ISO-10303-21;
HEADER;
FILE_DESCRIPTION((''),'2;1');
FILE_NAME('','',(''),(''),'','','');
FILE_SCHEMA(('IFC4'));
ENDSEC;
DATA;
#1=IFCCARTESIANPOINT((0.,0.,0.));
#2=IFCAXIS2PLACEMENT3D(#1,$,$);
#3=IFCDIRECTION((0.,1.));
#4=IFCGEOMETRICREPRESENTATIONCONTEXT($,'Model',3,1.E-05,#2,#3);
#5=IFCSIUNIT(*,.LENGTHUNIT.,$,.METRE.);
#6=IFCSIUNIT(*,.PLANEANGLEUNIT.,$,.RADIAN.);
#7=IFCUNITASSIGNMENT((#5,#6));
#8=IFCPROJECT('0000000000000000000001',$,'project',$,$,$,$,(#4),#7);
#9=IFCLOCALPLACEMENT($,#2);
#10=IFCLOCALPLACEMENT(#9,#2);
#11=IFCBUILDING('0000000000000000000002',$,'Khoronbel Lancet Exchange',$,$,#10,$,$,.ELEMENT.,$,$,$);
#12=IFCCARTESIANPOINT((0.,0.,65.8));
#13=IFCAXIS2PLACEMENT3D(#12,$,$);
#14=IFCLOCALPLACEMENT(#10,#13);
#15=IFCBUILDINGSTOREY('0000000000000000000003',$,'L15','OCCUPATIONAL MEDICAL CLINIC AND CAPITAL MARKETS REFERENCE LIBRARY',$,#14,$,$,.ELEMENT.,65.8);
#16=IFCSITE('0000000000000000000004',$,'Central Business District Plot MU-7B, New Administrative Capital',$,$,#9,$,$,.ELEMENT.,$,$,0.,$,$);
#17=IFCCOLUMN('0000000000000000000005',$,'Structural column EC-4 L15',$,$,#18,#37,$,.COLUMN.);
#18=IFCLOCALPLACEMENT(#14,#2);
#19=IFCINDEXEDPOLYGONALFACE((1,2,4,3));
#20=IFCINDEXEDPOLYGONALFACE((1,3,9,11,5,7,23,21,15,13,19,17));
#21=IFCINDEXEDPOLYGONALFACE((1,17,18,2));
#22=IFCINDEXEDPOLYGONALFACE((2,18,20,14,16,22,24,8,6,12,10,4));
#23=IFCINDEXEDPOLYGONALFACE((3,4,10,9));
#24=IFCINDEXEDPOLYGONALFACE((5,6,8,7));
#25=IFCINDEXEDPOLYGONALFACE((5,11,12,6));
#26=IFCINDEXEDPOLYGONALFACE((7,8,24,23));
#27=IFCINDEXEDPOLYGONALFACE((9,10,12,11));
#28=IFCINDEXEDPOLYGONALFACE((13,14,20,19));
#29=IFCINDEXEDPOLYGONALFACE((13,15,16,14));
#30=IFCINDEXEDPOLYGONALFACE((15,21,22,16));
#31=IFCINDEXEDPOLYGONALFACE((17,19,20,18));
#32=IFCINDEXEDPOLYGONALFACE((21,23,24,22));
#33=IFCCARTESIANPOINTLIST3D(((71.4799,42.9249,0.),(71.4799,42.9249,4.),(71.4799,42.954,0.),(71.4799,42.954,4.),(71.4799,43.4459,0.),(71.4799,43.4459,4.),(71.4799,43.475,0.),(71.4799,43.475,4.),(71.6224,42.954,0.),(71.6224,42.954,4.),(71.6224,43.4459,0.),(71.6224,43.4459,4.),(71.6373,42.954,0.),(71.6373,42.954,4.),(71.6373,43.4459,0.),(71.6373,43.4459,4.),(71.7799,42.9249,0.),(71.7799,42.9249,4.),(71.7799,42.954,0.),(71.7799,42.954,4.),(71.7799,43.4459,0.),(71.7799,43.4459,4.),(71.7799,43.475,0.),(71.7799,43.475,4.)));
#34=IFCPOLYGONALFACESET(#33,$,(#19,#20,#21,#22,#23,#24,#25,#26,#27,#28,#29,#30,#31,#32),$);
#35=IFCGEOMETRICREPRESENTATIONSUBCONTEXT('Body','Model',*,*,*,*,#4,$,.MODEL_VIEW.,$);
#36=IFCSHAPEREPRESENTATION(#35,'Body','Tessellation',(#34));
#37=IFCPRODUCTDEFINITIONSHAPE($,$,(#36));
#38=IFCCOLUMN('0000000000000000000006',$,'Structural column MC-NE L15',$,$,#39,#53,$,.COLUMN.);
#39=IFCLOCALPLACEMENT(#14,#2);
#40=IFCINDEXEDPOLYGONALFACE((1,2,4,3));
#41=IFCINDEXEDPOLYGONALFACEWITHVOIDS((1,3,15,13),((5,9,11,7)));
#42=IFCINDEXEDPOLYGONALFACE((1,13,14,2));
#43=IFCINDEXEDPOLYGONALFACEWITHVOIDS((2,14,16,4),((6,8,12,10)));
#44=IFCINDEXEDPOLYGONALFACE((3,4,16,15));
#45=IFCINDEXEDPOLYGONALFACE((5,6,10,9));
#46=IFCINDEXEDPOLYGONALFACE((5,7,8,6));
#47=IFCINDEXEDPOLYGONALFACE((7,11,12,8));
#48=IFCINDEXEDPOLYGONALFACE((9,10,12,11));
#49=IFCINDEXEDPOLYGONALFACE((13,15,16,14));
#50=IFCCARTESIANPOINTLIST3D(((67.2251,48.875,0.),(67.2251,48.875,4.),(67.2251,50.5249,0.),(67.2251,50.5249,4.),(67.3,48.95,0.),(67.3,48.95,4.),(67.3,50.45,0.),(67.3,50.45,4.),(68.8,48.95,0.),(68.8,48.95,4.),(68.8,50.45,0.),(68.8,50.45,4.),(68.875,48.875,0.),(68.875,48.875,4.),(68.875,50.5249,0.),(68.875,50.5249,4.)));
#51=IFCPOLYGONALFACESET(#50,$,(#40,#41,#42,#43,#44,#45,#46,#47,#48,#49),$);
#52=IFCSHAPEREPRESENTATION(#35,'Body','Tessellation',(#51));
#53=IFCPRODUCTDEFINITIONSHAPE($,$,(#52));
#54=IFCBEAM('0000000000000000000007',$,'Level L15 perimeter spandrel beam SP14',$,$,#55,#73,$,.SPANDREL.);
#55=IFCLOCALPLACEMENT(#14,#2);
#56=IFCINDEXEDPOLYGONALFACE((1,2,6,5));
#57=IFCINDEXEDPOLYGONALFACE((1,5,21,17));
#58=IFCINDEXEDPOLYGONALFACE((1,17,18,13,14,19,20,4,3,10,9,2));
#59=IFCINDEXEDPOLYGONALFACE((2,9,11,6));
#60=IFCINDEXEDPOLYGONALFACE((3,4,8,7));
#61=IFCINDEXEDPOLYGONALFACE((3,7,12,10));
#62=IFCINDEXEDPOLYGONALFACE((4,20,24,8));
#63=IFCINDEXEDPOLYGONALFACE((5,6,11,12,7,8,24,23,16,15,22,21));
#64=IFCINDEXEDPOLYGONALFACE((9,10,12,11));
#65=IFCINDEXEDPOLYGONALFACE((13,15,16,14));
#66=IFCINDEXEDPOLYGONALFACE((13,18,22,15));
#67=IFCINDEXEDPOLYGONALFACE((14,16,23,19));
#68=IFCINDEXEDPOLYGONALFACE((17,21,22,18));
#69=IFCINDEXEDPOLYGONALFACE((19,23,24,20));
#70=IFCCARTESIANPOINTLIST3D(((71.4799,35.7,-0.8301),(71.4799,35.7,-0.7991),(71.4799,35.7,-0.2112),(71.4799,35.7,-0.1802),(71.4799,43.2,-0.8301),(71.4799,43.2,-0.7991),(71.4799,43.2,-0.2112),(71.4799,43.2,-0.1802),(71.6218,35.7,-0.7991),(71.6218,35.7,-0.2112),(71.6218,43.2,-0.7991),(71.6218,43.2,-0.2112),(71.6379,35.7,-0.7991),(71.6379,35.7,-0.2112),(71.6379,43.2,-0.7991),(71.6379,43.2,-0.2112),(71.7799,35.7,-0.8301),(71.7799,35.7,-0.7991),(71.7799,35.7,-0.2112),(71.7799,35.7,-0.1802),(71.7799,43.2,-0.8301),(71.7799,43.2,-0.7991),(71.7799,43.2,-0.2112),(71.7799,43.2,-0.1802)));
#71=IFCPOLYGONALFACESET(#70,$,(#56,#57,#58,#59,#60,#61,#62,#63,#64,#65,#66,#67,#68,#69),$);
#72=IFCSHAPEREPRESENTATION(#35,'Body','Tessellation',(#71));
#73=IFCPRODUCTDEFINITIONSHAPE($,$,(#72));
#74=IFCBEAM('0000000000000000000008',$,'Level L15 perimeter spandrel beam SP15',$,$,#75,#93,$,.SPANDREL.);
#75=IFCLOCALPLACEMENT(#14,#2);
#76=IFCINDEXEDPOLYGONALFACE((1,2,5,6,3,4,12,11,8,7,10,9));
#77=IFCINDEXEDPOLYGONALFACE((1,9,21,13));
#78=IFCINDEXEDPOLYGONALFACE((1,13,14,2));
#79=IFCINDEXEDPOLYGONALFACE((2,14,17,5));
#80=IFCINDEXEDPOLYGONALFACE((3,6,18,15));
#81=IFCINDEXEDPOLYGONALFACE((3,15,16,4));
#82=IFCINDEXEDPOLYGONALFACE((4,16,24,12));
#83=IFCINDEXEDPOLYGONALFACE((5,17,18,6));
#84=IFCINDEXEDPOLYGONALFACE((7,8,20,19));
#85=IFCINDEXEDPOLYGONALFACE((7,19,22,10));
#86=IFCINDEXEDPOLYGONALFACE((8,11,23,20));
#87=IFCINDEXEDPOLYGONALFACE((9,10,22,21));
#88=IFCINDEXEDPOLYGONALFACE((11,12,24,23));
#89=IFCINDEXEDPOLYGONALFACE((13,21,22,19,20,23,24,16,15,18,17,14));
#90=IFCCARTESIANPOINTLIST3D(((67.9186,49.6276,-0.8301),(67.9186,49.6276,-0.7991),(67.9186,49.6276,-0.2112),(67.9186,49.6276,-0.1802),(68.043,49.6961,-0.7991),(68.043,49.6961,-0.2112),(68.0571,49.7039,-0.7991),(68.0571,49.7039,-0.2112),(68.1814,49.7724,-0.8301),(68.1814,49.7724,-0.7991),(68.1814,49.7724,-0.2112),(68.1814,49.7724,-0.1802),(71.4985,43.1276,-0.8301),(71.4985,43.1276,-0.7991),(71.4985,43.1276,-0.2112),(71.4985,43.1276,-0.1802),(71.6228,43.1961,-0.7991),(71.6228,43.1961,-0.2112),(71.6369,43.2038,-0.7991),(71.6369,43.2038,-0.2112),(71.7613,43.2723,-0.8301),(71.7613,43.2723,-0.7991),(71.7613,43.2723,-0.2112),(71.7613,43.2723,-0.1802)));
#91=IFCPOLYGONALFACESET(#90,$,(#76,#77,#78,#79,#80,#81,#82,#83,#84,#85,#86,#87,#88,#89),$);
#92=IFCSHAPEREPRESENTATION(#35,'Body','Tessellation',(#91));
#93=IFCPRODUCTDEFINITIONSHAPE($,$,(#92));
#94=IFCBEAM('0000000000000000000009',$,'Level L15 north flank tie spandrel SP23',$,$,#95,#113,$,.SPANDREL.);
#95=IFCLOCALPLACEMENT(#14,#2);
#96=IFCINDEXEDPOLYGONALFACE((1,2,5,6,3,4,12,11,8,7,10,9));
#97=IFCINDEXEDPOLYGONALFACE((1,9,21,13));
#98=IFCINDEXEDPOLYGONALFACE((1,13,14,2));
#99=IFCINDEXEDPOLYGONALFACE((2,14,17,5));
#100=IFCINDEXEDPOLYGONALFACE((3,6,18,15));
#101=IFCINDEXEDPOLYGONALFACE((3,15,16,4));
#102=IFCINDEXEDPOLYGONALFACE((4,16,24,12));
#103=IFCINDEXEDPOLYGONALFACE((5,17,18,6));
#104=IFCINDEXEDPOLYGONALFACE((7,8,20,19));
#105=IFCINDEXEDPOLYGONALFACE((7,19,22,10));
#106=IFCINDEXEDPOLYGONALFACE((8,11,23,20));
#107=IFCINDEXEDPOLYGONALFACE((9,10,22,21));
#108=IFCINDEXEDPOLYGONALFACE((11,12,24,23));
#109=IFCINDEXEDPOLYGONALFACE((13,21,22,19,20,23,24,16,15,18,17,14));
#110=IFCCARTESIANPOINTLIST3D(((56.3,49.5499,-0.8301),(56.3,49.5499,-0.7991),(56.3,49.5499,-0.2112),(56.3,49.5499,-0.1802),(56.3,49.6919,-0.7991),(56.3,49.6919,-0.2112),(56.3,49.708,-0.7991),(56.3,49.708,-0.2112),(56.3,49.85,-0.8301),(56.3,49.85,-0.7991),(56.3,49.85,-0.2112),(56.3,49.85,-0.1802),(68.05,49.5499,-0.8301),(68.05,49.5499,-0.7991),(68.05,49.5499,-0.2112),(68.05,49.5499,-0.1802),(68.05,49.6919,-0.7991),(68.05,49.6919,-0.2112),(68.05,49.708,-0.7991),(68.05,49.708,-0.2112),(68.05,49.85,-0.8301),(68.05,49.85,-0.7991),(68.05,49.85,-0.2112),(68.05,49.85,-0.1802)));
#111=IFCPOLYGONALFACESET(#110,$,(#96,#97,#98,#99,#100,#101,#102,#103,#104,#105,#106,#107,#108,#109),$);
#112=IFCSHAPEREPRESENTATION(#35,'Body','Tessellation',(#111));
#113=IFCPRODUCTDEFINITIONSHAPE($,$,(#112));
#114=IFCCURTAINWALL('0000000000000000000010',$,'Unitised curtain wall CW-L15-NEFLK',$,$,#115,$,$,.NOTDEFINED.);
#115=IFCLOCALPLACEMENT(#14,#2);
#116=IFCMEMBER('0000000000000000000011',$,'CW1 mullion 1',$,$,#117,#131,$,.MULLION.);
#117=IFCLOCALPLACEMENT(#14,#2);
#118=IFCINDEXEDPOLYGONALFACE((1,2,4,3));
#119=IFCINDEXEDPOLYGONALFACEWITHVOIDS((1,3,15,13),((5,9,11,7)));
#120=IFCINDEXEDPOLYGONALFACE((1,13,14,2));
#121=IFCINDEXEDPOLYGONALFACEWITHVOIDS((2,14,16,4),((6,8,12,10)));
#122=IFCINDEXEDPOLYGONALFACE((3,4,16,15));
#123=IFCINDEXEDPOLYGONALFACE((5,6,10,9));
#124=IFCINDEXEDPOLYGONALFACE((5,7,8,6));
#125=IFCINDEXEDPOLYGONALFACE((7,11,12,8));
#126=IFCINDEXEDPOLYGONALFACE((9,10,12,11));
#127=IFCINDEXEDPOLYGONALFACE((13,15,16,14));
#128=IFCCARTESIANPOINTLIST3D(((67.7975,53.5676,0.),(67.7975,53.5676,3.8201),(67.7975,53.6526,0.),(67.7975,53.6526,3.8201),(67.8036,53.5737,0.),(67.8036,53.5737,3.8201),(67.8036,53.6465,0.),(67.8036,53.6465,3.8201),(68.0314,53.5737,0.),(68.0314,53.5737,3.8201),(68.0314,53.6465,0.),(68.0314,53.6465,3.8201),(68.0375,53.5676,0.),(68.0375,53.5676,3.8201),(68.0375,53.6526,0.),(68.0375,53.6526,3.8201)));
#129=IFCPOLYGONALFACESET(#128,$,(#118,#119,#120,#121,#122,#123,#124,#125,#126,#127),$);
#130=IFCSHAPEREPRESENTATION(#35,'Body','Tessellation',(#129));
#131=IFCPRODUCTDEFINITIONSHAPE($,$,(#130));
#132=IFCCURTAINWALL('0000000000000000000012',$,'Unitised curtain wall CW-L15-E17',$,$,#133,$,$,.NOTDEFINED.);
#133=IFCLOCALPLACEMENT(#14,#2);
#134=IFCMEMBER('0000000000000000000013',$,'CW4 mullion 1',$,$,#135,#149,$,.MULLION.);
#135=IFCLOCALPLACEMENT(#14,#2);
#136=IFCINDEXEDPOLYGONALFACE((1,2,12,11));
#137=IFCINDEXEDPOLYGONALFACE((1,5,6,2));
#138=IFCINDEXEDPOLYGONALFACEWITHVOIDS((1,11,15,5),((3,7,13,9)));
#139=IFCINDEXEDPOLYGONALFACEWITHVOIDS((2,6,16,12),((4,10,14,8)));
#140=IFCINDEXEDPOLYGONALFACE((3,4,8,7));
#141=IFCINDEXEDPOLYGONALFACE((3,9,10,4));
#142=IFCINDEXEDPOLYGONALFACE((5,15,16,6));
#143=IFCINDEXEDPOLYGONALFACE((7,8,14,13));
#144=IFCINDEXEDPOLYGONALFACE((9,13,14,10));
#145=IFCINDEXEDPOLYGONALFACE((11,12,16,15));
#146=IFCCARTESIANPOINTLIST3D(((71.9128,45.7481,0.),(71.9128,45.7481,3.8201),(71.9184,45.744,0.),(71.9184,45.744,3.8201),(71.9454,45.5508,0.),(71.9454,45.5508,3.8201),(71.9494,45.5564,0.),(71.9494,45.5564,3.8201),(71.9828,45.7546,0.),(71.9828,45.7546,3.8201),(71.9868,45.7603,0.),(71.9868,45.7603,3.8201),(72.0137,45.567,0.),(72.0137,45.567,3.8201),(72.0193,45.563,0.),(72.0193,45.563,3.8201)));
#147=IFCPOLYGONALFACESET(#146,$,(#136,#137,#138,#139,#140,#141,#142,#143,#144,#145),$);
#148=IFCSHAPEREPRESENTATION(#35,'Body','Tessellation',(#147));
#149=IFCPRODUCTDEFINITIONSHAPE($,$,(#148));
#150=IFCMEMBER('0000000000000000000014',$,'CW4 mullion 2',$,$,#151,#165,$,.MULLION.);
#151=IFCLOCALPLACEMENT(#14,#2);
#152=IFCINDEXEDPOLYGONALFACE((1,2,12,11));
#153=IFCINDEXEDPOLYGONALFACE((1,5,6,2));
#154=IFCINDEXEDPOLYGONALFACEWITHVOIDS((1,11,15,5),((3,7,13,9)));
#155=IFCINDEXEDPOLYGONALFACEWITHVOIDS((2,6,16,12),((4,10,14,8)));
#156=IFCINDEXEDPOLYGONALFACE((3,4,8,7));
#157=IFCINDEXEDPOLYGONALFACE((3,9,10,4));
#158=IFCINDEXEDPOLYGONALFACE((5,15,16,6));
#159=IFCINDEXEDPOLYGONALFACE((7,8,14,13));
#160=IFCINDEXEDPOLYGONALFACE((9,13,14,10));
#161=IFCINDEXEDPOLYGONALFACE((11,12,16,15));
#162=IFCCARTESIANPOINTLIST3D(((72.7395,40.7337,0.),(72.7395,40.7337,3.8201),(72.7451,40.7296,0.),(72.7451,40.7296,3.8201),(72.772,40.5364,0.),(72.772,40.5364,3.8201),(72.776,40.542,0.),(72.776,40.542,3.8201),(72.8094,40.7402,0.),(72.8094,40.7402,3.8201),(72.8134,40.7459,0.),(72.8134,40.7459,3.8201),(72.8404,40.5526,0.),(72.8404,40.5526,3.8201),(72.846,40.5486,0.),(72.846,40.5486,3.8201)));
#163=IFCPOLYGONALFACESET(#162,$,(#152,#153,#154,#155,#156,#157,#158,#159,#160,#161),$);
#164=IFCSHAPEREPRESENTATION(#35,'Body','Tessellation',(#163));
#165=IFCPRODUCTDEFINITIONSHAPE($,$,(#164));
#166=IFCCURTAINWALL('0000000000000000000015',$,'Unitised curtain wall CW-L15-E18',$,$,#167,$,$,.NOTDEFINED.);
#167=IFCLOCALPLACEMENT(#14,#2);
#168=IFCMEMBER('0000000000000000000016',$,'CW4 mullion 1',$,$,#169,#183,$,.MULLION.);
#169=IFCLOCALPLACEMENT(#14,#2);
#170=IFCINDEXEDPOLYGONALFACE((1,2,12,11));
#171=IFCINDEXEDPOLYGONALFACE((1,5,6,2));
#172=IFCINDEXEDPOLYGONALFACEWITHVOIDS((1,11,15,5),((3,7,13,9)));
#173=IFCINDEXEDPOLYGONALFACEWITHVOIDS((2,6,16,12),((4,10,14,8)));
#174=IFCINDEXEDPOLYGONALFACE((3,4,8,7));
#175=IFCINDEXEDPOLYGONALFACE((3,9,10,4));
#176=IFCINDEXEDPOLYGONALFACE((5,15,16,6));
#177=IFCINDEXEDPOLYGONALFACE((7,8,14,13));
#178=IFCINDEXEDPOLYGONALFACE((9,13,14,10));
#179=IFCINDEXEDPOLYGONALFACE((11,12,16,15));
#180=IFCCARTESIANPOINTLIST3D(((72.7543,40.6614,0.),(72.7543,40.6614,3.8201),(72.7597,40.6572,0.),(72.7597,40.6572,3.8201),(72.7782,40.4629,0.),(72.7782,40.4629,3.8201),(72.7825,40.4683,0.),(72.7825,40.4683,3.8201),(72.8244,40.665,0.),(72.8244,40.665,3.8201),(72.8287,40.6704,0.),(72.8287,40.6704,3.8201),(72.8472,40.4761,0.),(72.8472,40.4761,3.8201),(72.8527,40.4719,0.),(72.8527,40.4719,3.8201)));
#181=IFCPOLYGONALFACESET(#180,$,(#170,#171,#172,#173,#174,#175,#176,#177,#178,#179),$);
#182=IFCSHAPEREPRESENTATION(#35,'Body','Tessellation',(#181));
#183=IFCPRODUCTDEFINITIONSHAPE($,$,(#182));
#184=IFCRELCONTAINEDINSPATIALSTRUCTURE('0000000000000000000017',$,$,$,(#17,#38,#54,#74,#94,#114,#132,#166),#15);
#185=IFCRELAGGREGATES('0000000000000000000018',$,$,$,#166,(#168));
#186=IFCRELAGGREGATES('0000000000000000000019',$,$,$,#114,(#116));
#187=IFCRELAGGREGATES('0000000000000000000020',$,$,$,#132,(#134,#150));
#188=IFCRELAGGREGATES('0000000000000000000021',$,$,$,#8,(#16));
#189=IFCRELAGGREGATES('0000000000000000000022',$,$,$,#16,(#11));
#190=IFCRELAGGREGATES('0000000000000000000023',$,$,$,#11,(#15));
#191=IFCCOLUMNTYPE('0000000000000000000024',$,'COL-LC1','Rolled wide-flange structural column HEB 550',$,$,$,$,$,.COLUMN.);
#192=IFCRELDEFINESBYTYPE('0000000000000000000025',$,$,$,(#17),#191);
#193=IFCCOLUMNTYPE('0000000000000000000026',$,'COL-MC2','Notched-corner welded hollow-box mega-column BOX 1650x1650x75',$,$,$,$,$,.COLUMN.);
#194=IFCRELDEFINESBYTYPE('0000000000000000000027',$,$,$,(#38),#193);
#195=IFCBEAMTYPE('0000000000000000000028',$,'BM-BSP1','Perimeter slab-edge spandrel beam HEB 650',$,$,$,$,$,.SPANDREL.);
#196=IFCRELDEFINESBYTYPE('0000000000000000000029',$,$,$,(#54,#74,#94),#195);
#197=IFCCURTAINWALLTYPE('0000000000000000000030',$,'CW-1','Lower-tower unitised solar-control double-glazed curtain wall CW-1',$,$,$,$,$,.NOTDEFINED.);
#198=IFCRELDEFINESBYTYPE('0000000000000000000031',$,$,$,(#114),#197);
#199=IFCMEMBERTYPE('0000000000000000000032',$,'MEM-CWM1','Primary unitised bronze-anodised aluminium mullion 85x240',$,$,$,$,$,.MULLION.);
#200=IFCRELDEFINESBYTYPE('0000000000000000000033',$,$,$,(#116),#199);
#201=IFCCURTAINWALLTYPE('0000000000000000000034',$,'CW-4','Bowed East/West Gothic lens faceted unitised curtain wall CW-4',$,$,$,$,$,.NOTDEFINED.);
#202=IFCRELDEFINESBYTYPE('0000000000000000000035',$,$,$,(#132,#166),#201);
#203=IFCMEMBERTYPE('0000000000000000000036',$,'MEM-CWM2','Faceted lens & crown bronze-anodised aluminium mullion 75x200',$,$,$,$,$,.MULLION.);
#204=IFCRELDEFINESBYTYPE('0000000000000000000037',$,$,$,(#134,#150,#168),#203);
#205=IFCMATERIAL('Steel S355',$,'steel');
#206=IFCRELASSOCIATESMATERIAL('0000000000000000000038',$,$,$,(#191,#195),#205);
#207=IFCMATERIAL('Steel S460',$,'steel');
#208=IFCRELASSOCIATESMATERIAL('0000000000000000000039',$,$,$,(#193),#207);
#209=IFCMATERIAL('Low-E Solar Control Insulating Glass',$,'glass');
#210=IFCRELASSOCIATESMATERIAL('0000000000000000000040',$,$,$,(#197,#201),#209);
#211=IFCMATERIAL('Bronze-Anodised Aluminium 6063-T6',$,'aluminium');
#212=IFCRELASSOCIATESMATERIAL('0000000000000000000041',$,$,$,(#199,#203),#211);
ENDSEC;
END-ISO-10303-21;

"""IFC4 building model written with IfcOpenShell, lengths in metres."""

from ifc_helpers import new_model, si_unit, direction, frame, origin, origin_2d, place, context, subcontext, project, spatial, hollow_rectangle, i_section, extrude, material, material_profile, profile_set, type_object, element, aggregate, save


model = new_model("IFC4")

# Units and contexts
model_context = context("Model", 3, precision=1e-05, world=origin(), true_north=direction((0.0, 1.0)))
body_context = subcontext(model_context, "Body", "Model", "MODEL_VIEW")
ifc_project = project(units=[si_unit("LENGTHUNIT", "METRE"), si_unit("PLANEANGLEUNIT", "RADIAN")], contexts=[model_context])

# Site, building, storey
site_placement = place(None, origin())
site = spatial("IfcSite", under=ifc_project, at=site_placement, Name="Central Business District Plot MU-7B, New Administrative Capital", CompositionType="ELEMENT", RefElevation=0.0)
building_placement = place(site_placement, origin())
building = spatial("IfcBuilding", under=site, at=building_placement, Name="Khoronbel Lancet Exchange", CompositionType="ELEMENT")
storey_placement = place(building_placement, frame((0.0, 0.0, 65.8)))
storey = spatial("IfcBuildingStorey", under=building, at=storey_placement, Name="L15", Description="OCCUPATIONAL MEDICAL CLINIC AND CAPITAL MARKETS REFERENCE LIBRARY", CompositionType="ELEMENT", Elevation=65.8)

# Columns
ifc_material_1 = material(Name="Steel S355", Category="steel")
ifc_material_profile_1 = material_profile(ifc_material_1, i_section(OverallWidth=0.3, OverallDepth=0.55, WebThickness=0.0149, FlangeThickness=0.0291, at=origin_2d()), Name="HEB 550")
ifc_profile_set_1 = profile_set([ifc_material_profile_1], Name="Steel S355")
column_type_1 = type_object("IfcColumnType", Name="COL-LC1", Description="Rolled wide-flange structural column HEB 550", PredefinedType="COLUMN", material=ifc_profile_set_1)
column_1_placement = place(storey_placement, frame((71.6299, 43.2, 0.0), z_axis=(0.0, 0.0, 1.0), x_axis=(1.0, 0.0, 0.0)))
element("IfcColumn", 1, at=column_1_placement, inside=storey, type_object=column_type_1, Name="Structural column EC-4 L15", PredefinedType="COLUMN", context=body_context, shape_type="SweptSolid", body=[
    extrude(i_section(OverallWidth=0.3, OverallDepth=0.55, WebThickness=0.0149, FlangeThickness=0.0291, at=origin_2d()), origin(), (0.0, 0.0, 1.0), 4.0),
])
ifc_material_2 = material(Name="Steel S460", Category="steel")
ifc_material_profile_2 = material_profile(ifc_material_2, hollow_rectangle(XDim=1.6499, YDim=1.6499, WallThickness=0.075, at=origin_2d()), Name="BOX 1650x1650x75")
ifc_profile_set_2 = profile_set([ifc_material_profile_2], Name="Steel S460")
column_type_2 = type_object("IfcColumnType", Name="COL-MC2", Description="Notched-corner welded hollow-box mega-column BOX 1650x1650x75", PredefinedType="COLUMN", material=ifc_profile_set_2)
column_2_placement = place(storey_placement, frame((68.05, 49.7, 0.0), z_axis=(0.0, 0.0, 1.0), x_axis=(1.0, 0.0, 0.0)))
element("IfcColumn", 2, at=column_2_placement, inside=storey, type_object=column_type_2, Name="Structural column MC-NE L15", PredefinedType="COLUMN", context=body_context, shape_type="SweptSolid", body=[
    extrude(hollow_rectangle(XDim=1.6499, YDim=1.6499, WallThickness=0.075, at=origin_2d()), origin(), (0.0, 0.0, 1.0), 4.0),
])

# Beams
ifc_material_profile_3 = material_profile(ifc_material_1, i_section(OverallWidth=0.3, OverallDepth=0.6499, WebThickness=0.0161, FlangeThickness=0.031, at=origin_2d()), Name="HEB 650")
ifc_profile_set_3 = profile_set([ifc_material_profile_3], Name="Steel S355")
beam_type = type_object("IfcBeamType", Name="BM-BSP1", Description="Perimeter slab-edge spandrel beam HEB 650", PredefinedType="SPANDREL", material=ifc_profile_set_3)
beam_1_placement = place(storey_placement, frame((71.6299, 35.7, -0.5051), z_axis=(0.0, 1.0, 0.0), x_axis=(-1.0, 0.0, 0.0)))
element("IfcBeam", 3, at=beam_1_placement, inside=storey, type_object=beam_type, Name="Level L15 perimeter spandrel beam SP14", PredefinedType="SPANDREL", context=body_context, shape_type="SweptSolid", body=[
    extrude(i_section(OverallWidth=0.3, OverallDepth=0.6499, WebThickness=0.0161, FlangeThickness=0.031, at=origin_2d()), origin(), (0.0, 0.0, 1.0), 7.5),
])
beam_2_placement = place(storey_placement, frame((71.6299, 43.2, -0.5051), z_axis=(-0.482419, 0.875941, 0.0), x_axis=(-0.875941, -0.482419, 0.0)))
element("IfcBeam", 4, at=beam_2_placement, inside=storey, type_object=beam_type, Name="Level L15 perimeter spandrel beam SP15", PredefinedType="SPANDREL", context=body_context, shape_type="SweptSolid", body=[
    extrude(i_section(OverallWidth=0.3, OverallDepth=0.6499, WebThickness=0.0161, FlangeThickness=0.031, at=origin_2d()), origin(), (0.0, 0.0, 1.0), 7.4207),
])
beam_3_placement = place(storey_placement, frame((68.05, 49.7, -0.5051), z_axis=(-1.0, 0.0, 0.0), x_axis=(0.0, -1.0, 0.0)))
element("IfcBeam", 5, at=beam_3_placement, inside=storey, type_object=beam_type, Name="Level L15 north flank tie spandrel SP23", PredefinedType="SPANDREL", context=body_context, shape_type="SweptSolid", body=[
    extrude(i_section(OverallWidth=0.3, OverallDepth=0.6499, WebThickness=0.0161, FlangeThickness=0.031, at=origin_2d()), origin(), (0.0, 0.0, 1.0), 11.75),
])

# Curtain wall, member
ifc_material_3 = material(Name="Low-E Solar Control Insulating Glass", Category="glass")
curtain_wall_type_1 = type_object("IfcCurtainWallType", Name="CW-1", Description="Lower-tower unitised solar-control double-glazed curtain wall CW-1", PredefinedType="NOTDEFINED", material=ifc_material_3)
curtain_wall_1_placement = place(storey_placement, origin())
curtain_wall_1 = element("IfcCurtainWall", 6, at=curtain_wall_1_placement, inside=storey, type_object=curtain_wall_type_1, Name="Unitised curtain wall CW-L15-NEFLK", PredefinedType="NOTDEFINED")
ifc_material_4 = material(Name="Bronze-Anodised Aluminium 6063-T6", Category="aluminium")
ifc_material_profile_4 = material_profile(ifc_material_4, hollow_rectangle(XDim=0.085, YDim=0.24, WallThickness=0.0061, at=origin_2d()), Name="ALU MULLION 85x240")
ifc_profile_set_4 = profile_set([ifc_material_profile_4], Name="Bronze-Anodised Aluminium 6063-T6")
member_type_1 = type_object("IfcMemberType", Name="MEM-CWM1", Description="Primary unitised bronze-anodised aluminium mullion 85x240", PredefinedType="MULLION", material=ifc_profile_set_4)
member_1_placement = place(storey_placement, frame((67.9175, 53.6101, 0.0), z_axis=(0.0, 0.0, 1.0), x_axis=(0.0, -1.0, 0.0)))
member_1 = element("IfcMember", 7, at=member_1_placement, type_object=member_type_1, Name="CW1 mullion 1", PredefinedType="MULLION", context=body_context, shape_type="SweptSolid", body=[
    extrude(hollow_rectangle(XDim=0.085, YDim=0.24, WallThickness=0.0061, at=origin_2d()), origin(), (0.0, 0.0, 1.0), 3.8201),
])

# Curtain wall, members
curtain_wall_type_2 = type_object("IfcCurtainWallType", Name="CW-4", Description="Bowed East/West Gothic lens faceted unitised curtain wall CW-4", PredefinedType="NOTDEFINED", material=ifc_material_3)
curtain_wall_2_placement = place(storey_placement, origin())
curtain_wall_2 = element("IfcCurtainWall", 8, at=curtain_wall_2_placement, inside=storey, type_object=curtain_wall_type_2, Name="Unitised curtain wall CW-L15-E17", PredefinedType="NOTDEFINED")
ifc_material_profile_5 = material_profile(ifc_material_4, hollow_rectangle(XDim=0.075, YDim=0.2, WallThickness=0.0049, at=origin_2d()), Name="ALU MULLION 75x200")
ifc_profile_set_5 = profile_set([ifc_material_profile_5], Name="Bronze-Anodised Aluminium 6063-T6")
member_type_2 = type_object("IfcMemberType", Name="MEM-CWM2", Description="Faceted lens & crown bronze-anodised aluminium mullion 75x200", PredefinedType="MULLION", material=ifc_profile_set_5)
member_2_placement = place(storey_placement, frame((71.9661, 45.6555, 0.0), z_axis=(0.0, 0.0, 1.0), x_axis=(0.986682, 0.162663, 0.0)))
member_2 = element("IfcMember", 9, at=member_2_placement, type_object=member_type_2, Name="CW4 mullion 1", PredefinedType="MULLION", context=body_context, shape_type="SweptSolid", body=[
    extrude(hollow_rectangle(XDim=0.075, YDim=0.2, WallThickness=0.0049, at=origin_2d()), origin(), (0.0, 0.0, 1.0), 3.8201),
])
member_3_placement = place(storey_placement, frame((72.7927, 40.6411, 0.0), z_axis=(0.0, 0.0, 1.0), x_axis=(0.986682, 0.162663, 0.0)))
member_3 = element("IfcMember", 10, at=member_3_placement, type_object=member_type_2, Name="CW4 mullion 2", PredefinedType="MULLION", context=body_context, shape_type="SweptSolid", body=[
    extrude(hollow_rectangle(XDim=0.075, YDim=0.2, WallThickness=0.0049, at=origin_2d()), origin(), (0.0, 0.0, 1.0), 3.8201),
])

# Curtain wall, member
curtain_wall_3_placement = place(storey_placement, origin())
curtain_wall_3 = element("IfcCurtainWall", 11, at=curtain_wall_3_placement, inside=storey, type_object=curtain_wall_type_2, Name="Unitised curtain wall CW-L15-E18", PredefinedType="NOTDEFINED")
member_4_placement = place(storey_placement, frame((72.8035, 40.5667, 0.0), z_axis=(0.0, 0.0, 1.0), x_axis=(0.992797, 0.119806, 0.0)))
member_4 = element("IfcMember", 12, at=member_4_placement, type_object=member_type_2, Name="CW4 mullion 1", PredefinedType="MULLION", context=body_context, shape_type="SweptSolid", body=[
    extrude(hollow_rectangle(XDim=0.075, YDim=0.2, WallThickness=0.0049, at=origin_2d()), origin(), (0.0, 0.0, 1.0), 3.8201),
])

aggregate(curtain_wall_3, [member_4])
aggregate(curtain_wall_1, [member_1])
aggregate(curtain_wall_2, [member_2, member_3])

save(model, "model.ifc")
